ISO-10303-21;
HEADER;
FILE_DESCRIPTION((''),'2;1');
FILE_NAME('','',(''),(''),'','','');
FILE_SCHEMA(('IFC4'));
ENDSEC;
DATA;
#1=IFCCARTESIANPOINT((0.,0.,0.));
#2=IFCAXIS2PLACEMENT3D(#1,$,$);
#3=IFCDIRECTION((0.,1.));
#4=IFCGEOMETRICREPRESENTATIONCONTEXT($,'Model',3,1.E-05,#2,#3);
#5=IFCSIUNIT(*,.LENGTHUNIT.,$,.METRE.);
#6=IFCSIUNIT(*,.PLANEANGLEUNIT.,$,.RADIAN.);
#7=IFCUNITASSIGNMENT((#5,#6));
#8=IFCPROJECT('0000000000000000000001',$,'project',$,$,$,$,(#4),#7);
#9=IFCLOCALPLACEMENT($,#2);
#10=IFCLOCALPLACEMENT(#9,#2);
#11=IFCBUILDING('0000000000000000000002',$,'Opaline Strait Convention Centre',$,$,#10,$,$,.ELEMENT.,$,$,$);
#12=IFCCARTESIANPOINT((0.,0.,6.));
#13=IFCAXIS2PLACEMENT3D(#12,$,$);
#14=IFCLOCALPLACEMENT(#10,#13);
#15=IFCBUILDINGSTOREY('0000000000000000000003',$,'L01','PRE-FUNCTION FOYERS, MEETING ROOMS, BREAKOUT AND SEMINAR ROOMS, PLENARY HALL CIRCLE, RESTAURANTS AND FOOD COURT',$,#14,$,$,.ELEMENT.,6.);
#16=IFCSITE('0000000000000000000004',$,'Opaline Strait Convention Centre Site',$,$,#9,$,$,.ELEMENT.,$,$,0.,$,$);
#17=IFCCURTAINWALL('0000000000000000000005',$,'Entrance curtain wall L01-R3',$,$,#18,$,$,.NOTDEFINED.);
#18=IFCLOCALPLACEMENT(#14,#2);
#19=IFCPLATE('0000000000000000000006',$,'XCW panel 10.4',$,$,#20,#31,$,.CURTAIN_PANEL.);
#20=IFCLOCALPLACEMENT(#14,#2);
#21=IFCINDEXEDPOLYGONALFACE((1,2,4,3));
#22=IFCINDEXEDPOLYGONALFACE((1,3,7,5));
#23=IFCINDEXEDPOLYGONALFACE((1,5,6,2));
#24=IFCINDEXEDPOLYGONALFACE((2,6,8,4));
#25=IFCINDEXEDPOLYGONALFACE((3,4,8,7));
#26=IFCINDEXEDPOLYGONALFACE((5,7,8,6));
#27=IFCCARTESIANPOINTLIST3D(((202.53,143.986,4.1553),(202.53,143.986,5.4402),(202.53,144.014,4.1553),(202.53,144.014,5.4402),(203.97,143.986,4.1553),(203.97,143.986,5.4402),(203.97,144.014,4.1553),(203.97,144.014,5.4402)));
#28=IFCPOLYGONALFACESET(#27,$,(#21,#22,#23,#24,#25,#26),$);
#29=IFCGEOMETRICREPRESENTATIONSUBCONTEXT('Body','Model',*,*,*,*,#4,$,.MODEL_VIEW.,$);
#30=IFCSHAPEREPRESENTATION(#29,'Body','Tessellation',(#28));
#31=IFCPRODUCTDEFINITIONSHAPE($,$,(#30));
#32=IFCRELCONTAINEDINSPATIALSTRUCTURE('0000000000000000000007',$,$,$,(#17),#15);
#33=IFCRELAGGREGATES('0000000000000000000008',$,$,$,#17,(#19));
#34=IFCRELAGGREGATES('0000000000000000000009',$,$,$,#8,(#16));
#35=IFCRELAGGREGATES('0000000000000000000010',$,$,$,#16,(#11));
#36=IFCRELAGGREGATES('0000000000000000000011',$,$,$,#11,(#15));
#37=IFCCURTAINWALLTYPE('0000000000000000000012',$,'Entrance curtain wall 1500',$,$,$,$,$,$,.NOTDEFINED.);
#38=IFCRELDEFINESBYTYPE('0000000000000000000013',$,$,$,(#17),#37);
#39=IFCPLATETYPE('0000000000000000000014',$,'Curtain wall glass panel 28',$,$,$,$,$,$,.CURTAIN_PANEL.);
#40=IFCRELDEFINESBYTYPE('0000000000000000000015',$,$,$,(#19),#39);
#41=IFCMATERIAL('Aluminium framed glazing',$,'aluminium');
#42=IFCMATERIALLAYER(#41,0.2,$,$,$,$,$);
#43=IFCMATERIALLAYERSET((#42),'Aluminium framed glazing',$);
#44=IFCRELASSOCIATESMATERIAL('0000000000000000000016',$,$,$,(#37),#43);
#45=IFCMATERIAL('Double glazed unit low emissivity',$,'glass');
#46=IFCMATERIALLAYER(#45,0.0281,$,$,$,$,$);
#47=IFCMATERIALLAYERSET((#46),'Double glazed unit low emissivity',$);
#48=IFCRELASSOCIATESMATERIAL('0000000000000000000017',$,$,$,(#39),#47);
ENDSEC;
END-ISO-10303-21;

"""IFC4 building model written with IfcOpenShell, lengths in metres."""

from ifc_helpers import new_model, si_unit, direction, frame, origin, origin_2d, place, context, subcontext, project, spatial, rectangle, extrude, material, layer, layer_set, type_object, element, aggregate, save


model = new_model("IFC4")

# Units and contexts
model_context = context("Model", 3, precision=1e-05, world=origin(), true_north=direction((0.0, 1.0)))
body_context = subcontext(model_context, "Body", "Model", "MODEL_VIEW")
ifc_project = project(units=[si_unit("LENGTHUNIT", "METRE"), si_unit("PLANEANGLEUNIT", "RADIAN")], contexts=[model_context])

# Site, building, storey
site_placement = place(None, origin())
site = spatial("IfcSite", under=ifc_project, at=site_placement, Name="Opaline Strait Convention Centre Site", CompositionType="ELEMENT", RefElevation=0.0)
building_placement = place(site_placement, origin())
building = spatial("IfcBuilding", under=site, at=building_placement, Name="Opaline Strait Convention Centre", CompositionType="ELEMENT")
storey_placement = place(building_placement, frame((0.0, 0.0, 6.0)))
storey = spatial("IfcBuildingStorey", under=building, at=storey_placement, Name="L01", Description="PRE-FUNCTION FOYERS, MEETING ROOMS, BREAKOUT AND SEMINAR ROOMS, PLENARY HALL CIRCLE, RESTAURANTS AND FOOD COURT", CompositionType="ELEMENT", Elevation=6.0)

# Curtain wall, plate
ifc_material_1 = material(Name="Aluminium framed glazing", Category="aluminium")
ifc_layer_1 = layer(ifc_material_1, 0.2)
ifc_layer_set_1 = layer_set([ifc_layer_1], Name="Aluminium framed glazing")
curtain_wall_type = type_object("IfcCurtainWallType", Name="Entrance curtain wall 1500", PredefinedType="NOTDEFINED", material=ifc_layer_set_1)
curtain_wall_placement = place(storey_placement, origin())
curtain_wall = element("IfcCurtainWall", 1, at=curtain_wall_placement, inside=storey, type_object=curtain_wall_type, Name="Entrance curtain wall L01-R3", PredefinedType="NOTDEFINED")
ifc_material_2 = material(Name="Double glazed unit low emissivity", Category="glass")
ifc_layer_2 = layer(ifc_material_2, 0.0281)
ifc_layer_set_2 = layer_set([ifc_layer_2], Name="Double glazed unit low emissivity")
plate_type = type_object("IfcPlateType", Name="Curtain wall glass panel 28", PredefinedType="CURTAIN_PANEL", material=ifc_layer_set_2)
plate_1_placement = place(storey_placement, frame((203.25, 144.0, 4.1553), z_axis=(0.0, 0.0, 1.0), x_axis=(1.0, 0.0, 0.0)))
plate_1 = element("IfcPlate", 2, at=plate_1_placement, type_object=plate_type, Name="XCW panel 10.4", PredefinedType="CURTAIN_PANEL", context=body_context, shape_type="SweptSolid", body=[
    extrude(rectangle(XDim=1.4399, YDim=0.0281, at=origin_2d()), origin(), (0.0, 0.0, 1.0), 1.2849),
])
aggregate(curtain_wall, [plate_1])

save(model, "model.ifc")
